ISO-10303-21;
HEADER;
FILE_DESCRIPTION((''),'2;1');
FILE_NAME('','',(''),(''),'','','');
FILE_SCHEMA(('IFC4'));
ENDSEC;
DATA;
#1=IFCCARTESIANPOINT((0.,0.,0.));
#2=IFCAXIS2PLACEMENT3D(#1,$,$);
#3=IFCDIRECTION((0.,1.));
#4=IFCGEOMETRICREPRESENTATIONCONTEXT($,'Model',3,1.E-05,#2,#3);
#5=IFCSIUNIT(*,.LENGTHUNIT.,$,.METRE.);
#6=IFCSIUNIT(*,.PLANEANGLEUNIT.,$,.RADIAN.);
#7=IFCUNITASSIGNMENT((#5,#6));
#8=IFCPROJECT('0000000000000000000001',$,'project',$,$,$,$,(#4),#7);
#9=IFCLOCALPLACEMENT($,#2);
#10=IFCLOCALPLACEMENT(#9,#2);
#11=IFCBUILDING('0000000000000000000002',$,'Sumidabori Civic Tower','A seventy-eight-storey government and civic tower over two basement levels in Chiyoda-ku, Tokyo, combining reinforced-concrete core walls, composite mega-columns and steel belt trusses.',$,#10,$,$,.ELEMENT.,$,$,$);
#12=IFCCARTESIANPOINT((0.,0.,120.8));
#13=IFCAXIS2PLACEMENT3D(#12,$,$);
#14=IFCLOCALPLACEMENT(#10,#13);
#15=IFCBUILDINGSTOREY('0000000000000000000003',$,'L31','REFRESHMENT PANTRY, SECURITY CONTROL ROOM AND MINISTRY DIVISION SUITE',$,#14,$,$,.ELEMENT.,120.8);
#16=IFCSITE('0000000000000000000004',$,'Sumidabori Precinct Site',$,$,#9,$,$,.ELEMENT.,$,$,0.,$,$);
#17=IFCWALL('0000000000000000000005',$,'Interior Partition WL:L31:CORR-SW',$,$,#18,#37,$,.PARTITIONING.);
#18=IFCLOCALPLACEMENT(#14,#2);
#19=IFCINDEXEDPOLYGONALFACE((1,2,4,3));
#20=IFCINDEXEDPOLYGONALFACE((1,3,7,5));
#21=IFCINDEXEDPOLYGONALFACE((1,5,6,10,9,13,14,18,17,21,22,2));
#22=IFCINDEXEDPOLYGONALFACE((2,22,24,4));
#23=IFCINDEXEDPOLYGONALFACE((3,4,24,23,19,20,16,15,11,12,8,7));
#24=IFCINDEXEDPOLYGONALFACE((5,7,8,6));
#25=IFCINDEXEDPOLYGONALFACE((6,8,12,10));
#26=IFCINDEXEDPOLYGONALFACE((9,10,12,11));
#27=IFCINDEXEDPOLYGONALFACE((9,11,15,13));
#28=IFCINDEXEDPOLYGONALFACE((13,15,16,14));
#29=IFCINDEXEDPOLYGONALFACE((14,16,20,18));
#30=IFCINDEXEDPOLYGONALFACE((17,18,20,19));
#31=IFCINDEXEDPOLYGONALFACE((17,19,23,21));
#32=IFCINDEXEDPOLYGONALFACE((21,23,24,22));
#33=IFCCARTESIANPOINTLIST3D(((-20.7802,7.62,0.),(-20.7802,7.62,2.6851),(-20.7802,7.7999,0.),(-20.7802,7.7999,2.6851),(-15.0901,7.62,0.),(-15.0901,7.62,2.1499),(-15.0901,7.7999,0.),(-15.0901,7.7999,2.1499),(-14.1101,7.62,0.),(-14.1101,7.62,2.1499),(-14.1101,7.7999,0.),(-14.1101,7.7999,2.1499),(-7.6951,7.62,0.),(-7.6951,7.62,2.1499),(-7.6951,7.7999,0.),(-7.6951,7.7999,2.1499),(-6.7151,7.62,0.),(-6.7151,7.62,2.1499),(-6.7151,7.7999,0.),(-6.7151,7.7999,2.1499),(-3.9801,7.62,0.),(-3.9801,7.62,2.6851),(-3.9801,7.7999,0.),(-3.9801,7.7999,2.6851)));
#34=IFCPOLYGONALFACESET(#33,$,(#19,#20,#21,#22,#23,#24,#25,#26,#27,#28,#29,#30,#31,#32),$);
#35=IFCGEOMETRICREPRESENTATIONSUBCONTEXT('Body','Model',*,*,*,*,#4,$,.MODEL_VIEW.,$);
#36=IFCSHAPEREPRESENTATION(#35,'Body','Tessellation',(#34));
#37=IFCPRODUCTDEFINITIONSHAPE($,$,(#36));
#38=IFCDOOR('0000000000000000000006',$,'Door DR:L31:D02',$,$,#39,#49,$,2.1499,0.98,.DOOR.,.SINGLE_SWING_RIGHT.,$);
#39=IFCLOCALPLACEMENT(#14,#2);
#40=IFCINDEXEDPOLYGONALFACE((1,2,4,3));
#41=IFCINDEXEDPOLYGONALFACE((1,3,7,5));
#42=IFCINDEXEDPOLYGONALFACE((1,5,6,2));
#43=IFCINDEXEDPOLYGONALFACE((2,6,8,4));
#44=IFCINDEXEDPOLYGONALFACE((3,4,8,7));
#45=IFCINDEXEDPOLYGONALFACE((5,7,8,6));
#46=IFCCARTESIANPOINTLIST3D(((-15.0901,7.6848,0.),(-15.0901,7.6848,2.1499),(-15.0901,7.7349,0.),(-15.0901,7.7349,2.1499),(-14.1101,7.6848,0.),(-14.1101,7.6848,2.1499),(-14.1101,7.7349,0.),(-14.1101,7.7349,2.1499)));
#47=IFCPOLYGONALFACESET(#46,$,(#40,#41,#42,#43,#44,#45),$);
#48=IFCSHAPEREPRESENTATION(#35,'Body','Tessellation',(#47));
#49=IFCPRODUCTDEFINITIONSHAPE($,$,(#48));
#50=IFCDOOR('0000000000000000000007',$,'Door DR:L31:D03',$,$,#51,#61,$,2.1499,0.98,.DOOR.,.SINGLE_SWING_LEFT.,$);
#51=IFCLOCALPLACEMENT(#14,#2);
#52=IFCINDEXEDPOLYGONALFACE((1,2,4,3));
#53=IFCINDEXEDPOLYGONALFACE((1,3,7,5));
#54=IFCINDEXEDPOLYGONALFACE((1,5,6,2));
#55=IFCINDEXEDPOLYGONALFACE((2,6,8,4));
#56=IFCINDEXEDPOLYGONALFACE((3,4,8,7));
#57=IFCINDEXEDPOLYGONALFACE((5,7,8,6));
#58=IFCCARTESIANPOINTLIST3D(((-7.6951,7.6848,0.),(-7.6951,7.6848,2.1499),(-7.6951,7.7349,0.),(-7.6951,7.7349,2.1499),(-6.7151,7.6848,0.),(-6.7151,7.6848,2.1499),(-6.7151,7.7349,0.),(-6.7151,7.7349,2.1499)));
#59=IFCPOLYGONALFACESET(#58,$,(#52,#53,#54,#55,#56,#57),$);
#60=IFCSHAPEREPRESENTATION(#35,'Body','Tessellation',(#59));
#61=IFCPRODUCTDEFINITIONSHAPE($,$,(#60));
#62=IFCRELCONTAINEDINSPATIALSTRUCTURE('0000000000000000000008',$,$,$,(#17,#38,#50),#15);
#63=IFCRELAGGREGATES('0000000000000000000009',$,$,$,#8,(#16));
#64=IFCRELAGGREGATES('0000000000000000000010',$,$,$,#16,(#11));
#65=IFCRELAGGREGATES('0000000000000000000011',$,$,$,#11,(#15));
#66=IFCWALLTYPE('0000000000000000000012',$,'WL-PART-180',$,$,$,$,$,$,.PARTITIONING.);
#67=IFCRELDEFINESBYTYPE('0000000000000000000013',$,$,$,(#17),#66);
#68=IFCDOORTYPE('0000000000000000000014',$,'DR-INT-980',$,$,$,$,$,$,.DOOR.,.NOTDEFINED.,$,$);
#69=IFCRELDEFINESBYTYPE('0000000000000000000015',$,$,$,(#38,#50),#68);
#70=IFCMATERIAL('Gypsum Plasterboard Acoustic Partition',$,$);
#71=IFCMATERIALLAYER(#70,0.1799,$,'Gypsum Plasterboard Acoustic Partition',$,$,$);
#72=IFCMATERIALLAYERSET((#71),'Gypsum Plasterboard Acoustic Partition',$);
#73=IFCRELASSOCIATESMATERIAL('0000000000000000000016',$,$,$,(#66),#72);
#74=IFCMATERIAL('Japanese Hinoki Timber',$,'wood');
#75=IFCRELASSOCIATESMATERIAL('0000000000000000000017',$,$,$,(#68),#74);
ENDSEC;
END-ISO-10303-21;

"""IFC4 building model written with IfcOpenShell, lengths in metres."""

from ifc_helpers import new_model, si_unit, direction, frame, frame_2d, origin, place, context, subcontext, project, spatial, rectangle, extrude, source, transform, mapped, material, layer, layer_set, type_object, element, fill, save


model = new_model("IFC4")

# Units and contexts
model_context = context("Model", 3, precision=1e-05, world=origin(), true_north=direction((0.0, 1.0)))
body_context = subcontext(model_context, "Body", "Model", "MODEL_VIEW")
ifc_project = project(units=[si_unit("LENGTHUNIT", "METRE"), si_unit("PLANEANGLEUNIT", "RADIAN")], contexts=[model_context])

# Site, building, storey
site_placement = place(None, origin())
site = spatial("IfcSite", under=ifc_project, at=site_placement, Name="Sumidabori Precinct Site", CompositionType="ELEMENT", RefElevation=0.0)
building_placement = place(site_placement, origin())
building = spatial("IfcBuilding", under=site, at=building_placement, Name="Sumidabori Civic Tower", Description="A seventy-eight-storey government and civic tower over two basement levels in Chiyoda-ku, Tokyo, combining reinforced-concrete core walls, composite mega-columns and steel belt trusses.", CompositionType="ELEMENT")
storey_placement = place(building_placement, frame((0.0, 0.0, 120.8)))
storey = spatial("IfcBuildingStorey", under=building, at=storey_placement, Name="L31", Description="REFRESHMENT PANTRY, SECURITY CONTROL ROOM AND MINISTRY DIVISION SUITE", CompositionType="ELEMENT", Elevation=120.8)

# Shared definitions
ifc_material_1 = material(Name="Gypsum Plasterboard Acoustic Partition")
ifc_layer_1 = layer(ifc_material_1, 0.1799, Name="Gypsum Plasterboard Acoustic Partition")
ifc_layer_set_1 = layer_set([ifc_layer_1], Name="Gypsum Plasterboard Acoustic Partition")
wall_type_1 = type_object("IfcWallType", Name="WL-PART-180", PredefinedType="PARTITIONING", material=ifc_layer_set_1)

# Shared definitions
ifc_material_2 = material(Name="Japanese Hinoki Timber", Category="wood")

# Wall, openings, doors
shared_shape_1 = source(origin(), body_context, "Body", "SweptSolid", [
    extrude(rectangle(XDim=16.8, YDim=0.1799, at=frame_2d((8.3999, 0.0))), origin(), (0.0, 0.0, 1.0), 2.6851),
])
wall_1_placement = place(storey_placement, frame((-20.78, 7.71, 0.0), z_axis=(0.0, 0.0, 1.0), x_axis=(1.0, 0.0, 0.0)))
wall_1 = element("IfcWall", 1, at=wall_1_placement, inside=storey, type_object=wall_type_1, Name="Interior Partition WL:L31:CORR-SW", PredefinedType="PARTITIONING", context=body_context, shape_type="MappedRepresentation", body=[
    mapped(shared_shape_1, transform((0.0, 0.0, 0.0), x_axis=(1.0, 0.0, 0.0), y_axis=(0.0, 1.0, 0.0), z_axis=(0.0, 0.0, 1.0), scale=1.0)),
])
opening_1_placement = place(wall_1_placement, frame((5.6899, 0.0, 0.0)))
opening_1 = element("IfcOpeningElement", 2, at=opening_1_placement, cuts=wall_1, PredefinedType="OPENING", context=body_context, shape_type="SweptSolid", body=[
    extrude(rectangle(XDim=0.98, YDim=2.1499, at=frame_2d((0.49, 1.075))), frame((0.0, 0.1021, 0.0), z_axis=(0.0, -1.0, 0.0), x_axis=(1.0, 0.0, 0.0)), (0.0, 0.0, 1.0), 0.2039),
])
opening_2_placement = place(wall_1_placement, frame((13.085, 0.0, 0.0)))
opening_2 = element("IfcOpeningElement", 3, at=opening_2_placement, cuts=wall_1, PredefinedType="OPENING", context=body_context, shape_type="SweptSolid", body=[
    extrude(rectangle(XDim=0.98, YDim=2.1499, at=frame_2d((0.49, 1.075))), frame((0.0, 0.1021, 0.0), z_axis=(0.0, -1.0, 0.0), x_axis=(1.0, 0.0, 0.0)), (0.0, 0.0, 1.0), 0.2039),
])
door_type_1 = type_object("IfcDoorType", Name="DR-INT-980", OperationType="NOTDEFINED", PredefinedType="DOOR", material=ifc_material_2)
shared_shape_2 = source(origin(), body_context, "Body", "SweptSolid", [
    extrude(rectangle(XDim=0.98, YDim=2.1499, at=frame_2d((0.49, 1.075))), frame((0.0, 0.0249, 0.0), z_axis=(0.0, -1.0, 0.0), x_axis=(1.0, 0.0, 0.0)), (0.0, 0.0, 1.0), 0.05),
])
door_1_placement = place(opening_1_placement, origin())
door_1 = element("IfcDoor", 4, at=door_1_placement, inside=storey, type_object=door_type_1, Name="Door DR:L31:D02", OperationType="SINGLE_SWING_RIGHT", OverallHeight=2.1499, OverallWidth=0.98, PredefinedType="DOOR", context=body_context, shape_type="MappedRepresentation", body=[
    mapped(shared_shape_2, transform((0.0, 0.0, 0.0), x_axis=(1.0, 0.0, 0.0), y_axis=(0.0, 1.0, 0.0), z_axis=(0.0, 0.0, 1.0), scale=1.0)),
])
fill(opening_1, door_1)
door_2_placement = place(opening_2_placement, origin())
door_2 = element("IfcDoor", 5, at=door_2_placement, inside=storey, type_object=door_type_1, Name="Door DR:L31:D03", OperationType="SINGLE_SWING_LEFT", OverallHeight=2.1499, OverallWidth=0.98, PredefinedType="DOOR", context=body_context, shape_type="MappedRepresentation", body=[
    mapped(shared_shape_2, transform((0.0, 0.0, 0.0), x_axis=(1.0, 0.0, 0.0), y_axis=(0.0, 1.0, 0.0), z_axis=(0.0, 0.0, 1.0), scale=1.0)),
])
fill(opening_2, door_2)

save(model, "model.ifc")
